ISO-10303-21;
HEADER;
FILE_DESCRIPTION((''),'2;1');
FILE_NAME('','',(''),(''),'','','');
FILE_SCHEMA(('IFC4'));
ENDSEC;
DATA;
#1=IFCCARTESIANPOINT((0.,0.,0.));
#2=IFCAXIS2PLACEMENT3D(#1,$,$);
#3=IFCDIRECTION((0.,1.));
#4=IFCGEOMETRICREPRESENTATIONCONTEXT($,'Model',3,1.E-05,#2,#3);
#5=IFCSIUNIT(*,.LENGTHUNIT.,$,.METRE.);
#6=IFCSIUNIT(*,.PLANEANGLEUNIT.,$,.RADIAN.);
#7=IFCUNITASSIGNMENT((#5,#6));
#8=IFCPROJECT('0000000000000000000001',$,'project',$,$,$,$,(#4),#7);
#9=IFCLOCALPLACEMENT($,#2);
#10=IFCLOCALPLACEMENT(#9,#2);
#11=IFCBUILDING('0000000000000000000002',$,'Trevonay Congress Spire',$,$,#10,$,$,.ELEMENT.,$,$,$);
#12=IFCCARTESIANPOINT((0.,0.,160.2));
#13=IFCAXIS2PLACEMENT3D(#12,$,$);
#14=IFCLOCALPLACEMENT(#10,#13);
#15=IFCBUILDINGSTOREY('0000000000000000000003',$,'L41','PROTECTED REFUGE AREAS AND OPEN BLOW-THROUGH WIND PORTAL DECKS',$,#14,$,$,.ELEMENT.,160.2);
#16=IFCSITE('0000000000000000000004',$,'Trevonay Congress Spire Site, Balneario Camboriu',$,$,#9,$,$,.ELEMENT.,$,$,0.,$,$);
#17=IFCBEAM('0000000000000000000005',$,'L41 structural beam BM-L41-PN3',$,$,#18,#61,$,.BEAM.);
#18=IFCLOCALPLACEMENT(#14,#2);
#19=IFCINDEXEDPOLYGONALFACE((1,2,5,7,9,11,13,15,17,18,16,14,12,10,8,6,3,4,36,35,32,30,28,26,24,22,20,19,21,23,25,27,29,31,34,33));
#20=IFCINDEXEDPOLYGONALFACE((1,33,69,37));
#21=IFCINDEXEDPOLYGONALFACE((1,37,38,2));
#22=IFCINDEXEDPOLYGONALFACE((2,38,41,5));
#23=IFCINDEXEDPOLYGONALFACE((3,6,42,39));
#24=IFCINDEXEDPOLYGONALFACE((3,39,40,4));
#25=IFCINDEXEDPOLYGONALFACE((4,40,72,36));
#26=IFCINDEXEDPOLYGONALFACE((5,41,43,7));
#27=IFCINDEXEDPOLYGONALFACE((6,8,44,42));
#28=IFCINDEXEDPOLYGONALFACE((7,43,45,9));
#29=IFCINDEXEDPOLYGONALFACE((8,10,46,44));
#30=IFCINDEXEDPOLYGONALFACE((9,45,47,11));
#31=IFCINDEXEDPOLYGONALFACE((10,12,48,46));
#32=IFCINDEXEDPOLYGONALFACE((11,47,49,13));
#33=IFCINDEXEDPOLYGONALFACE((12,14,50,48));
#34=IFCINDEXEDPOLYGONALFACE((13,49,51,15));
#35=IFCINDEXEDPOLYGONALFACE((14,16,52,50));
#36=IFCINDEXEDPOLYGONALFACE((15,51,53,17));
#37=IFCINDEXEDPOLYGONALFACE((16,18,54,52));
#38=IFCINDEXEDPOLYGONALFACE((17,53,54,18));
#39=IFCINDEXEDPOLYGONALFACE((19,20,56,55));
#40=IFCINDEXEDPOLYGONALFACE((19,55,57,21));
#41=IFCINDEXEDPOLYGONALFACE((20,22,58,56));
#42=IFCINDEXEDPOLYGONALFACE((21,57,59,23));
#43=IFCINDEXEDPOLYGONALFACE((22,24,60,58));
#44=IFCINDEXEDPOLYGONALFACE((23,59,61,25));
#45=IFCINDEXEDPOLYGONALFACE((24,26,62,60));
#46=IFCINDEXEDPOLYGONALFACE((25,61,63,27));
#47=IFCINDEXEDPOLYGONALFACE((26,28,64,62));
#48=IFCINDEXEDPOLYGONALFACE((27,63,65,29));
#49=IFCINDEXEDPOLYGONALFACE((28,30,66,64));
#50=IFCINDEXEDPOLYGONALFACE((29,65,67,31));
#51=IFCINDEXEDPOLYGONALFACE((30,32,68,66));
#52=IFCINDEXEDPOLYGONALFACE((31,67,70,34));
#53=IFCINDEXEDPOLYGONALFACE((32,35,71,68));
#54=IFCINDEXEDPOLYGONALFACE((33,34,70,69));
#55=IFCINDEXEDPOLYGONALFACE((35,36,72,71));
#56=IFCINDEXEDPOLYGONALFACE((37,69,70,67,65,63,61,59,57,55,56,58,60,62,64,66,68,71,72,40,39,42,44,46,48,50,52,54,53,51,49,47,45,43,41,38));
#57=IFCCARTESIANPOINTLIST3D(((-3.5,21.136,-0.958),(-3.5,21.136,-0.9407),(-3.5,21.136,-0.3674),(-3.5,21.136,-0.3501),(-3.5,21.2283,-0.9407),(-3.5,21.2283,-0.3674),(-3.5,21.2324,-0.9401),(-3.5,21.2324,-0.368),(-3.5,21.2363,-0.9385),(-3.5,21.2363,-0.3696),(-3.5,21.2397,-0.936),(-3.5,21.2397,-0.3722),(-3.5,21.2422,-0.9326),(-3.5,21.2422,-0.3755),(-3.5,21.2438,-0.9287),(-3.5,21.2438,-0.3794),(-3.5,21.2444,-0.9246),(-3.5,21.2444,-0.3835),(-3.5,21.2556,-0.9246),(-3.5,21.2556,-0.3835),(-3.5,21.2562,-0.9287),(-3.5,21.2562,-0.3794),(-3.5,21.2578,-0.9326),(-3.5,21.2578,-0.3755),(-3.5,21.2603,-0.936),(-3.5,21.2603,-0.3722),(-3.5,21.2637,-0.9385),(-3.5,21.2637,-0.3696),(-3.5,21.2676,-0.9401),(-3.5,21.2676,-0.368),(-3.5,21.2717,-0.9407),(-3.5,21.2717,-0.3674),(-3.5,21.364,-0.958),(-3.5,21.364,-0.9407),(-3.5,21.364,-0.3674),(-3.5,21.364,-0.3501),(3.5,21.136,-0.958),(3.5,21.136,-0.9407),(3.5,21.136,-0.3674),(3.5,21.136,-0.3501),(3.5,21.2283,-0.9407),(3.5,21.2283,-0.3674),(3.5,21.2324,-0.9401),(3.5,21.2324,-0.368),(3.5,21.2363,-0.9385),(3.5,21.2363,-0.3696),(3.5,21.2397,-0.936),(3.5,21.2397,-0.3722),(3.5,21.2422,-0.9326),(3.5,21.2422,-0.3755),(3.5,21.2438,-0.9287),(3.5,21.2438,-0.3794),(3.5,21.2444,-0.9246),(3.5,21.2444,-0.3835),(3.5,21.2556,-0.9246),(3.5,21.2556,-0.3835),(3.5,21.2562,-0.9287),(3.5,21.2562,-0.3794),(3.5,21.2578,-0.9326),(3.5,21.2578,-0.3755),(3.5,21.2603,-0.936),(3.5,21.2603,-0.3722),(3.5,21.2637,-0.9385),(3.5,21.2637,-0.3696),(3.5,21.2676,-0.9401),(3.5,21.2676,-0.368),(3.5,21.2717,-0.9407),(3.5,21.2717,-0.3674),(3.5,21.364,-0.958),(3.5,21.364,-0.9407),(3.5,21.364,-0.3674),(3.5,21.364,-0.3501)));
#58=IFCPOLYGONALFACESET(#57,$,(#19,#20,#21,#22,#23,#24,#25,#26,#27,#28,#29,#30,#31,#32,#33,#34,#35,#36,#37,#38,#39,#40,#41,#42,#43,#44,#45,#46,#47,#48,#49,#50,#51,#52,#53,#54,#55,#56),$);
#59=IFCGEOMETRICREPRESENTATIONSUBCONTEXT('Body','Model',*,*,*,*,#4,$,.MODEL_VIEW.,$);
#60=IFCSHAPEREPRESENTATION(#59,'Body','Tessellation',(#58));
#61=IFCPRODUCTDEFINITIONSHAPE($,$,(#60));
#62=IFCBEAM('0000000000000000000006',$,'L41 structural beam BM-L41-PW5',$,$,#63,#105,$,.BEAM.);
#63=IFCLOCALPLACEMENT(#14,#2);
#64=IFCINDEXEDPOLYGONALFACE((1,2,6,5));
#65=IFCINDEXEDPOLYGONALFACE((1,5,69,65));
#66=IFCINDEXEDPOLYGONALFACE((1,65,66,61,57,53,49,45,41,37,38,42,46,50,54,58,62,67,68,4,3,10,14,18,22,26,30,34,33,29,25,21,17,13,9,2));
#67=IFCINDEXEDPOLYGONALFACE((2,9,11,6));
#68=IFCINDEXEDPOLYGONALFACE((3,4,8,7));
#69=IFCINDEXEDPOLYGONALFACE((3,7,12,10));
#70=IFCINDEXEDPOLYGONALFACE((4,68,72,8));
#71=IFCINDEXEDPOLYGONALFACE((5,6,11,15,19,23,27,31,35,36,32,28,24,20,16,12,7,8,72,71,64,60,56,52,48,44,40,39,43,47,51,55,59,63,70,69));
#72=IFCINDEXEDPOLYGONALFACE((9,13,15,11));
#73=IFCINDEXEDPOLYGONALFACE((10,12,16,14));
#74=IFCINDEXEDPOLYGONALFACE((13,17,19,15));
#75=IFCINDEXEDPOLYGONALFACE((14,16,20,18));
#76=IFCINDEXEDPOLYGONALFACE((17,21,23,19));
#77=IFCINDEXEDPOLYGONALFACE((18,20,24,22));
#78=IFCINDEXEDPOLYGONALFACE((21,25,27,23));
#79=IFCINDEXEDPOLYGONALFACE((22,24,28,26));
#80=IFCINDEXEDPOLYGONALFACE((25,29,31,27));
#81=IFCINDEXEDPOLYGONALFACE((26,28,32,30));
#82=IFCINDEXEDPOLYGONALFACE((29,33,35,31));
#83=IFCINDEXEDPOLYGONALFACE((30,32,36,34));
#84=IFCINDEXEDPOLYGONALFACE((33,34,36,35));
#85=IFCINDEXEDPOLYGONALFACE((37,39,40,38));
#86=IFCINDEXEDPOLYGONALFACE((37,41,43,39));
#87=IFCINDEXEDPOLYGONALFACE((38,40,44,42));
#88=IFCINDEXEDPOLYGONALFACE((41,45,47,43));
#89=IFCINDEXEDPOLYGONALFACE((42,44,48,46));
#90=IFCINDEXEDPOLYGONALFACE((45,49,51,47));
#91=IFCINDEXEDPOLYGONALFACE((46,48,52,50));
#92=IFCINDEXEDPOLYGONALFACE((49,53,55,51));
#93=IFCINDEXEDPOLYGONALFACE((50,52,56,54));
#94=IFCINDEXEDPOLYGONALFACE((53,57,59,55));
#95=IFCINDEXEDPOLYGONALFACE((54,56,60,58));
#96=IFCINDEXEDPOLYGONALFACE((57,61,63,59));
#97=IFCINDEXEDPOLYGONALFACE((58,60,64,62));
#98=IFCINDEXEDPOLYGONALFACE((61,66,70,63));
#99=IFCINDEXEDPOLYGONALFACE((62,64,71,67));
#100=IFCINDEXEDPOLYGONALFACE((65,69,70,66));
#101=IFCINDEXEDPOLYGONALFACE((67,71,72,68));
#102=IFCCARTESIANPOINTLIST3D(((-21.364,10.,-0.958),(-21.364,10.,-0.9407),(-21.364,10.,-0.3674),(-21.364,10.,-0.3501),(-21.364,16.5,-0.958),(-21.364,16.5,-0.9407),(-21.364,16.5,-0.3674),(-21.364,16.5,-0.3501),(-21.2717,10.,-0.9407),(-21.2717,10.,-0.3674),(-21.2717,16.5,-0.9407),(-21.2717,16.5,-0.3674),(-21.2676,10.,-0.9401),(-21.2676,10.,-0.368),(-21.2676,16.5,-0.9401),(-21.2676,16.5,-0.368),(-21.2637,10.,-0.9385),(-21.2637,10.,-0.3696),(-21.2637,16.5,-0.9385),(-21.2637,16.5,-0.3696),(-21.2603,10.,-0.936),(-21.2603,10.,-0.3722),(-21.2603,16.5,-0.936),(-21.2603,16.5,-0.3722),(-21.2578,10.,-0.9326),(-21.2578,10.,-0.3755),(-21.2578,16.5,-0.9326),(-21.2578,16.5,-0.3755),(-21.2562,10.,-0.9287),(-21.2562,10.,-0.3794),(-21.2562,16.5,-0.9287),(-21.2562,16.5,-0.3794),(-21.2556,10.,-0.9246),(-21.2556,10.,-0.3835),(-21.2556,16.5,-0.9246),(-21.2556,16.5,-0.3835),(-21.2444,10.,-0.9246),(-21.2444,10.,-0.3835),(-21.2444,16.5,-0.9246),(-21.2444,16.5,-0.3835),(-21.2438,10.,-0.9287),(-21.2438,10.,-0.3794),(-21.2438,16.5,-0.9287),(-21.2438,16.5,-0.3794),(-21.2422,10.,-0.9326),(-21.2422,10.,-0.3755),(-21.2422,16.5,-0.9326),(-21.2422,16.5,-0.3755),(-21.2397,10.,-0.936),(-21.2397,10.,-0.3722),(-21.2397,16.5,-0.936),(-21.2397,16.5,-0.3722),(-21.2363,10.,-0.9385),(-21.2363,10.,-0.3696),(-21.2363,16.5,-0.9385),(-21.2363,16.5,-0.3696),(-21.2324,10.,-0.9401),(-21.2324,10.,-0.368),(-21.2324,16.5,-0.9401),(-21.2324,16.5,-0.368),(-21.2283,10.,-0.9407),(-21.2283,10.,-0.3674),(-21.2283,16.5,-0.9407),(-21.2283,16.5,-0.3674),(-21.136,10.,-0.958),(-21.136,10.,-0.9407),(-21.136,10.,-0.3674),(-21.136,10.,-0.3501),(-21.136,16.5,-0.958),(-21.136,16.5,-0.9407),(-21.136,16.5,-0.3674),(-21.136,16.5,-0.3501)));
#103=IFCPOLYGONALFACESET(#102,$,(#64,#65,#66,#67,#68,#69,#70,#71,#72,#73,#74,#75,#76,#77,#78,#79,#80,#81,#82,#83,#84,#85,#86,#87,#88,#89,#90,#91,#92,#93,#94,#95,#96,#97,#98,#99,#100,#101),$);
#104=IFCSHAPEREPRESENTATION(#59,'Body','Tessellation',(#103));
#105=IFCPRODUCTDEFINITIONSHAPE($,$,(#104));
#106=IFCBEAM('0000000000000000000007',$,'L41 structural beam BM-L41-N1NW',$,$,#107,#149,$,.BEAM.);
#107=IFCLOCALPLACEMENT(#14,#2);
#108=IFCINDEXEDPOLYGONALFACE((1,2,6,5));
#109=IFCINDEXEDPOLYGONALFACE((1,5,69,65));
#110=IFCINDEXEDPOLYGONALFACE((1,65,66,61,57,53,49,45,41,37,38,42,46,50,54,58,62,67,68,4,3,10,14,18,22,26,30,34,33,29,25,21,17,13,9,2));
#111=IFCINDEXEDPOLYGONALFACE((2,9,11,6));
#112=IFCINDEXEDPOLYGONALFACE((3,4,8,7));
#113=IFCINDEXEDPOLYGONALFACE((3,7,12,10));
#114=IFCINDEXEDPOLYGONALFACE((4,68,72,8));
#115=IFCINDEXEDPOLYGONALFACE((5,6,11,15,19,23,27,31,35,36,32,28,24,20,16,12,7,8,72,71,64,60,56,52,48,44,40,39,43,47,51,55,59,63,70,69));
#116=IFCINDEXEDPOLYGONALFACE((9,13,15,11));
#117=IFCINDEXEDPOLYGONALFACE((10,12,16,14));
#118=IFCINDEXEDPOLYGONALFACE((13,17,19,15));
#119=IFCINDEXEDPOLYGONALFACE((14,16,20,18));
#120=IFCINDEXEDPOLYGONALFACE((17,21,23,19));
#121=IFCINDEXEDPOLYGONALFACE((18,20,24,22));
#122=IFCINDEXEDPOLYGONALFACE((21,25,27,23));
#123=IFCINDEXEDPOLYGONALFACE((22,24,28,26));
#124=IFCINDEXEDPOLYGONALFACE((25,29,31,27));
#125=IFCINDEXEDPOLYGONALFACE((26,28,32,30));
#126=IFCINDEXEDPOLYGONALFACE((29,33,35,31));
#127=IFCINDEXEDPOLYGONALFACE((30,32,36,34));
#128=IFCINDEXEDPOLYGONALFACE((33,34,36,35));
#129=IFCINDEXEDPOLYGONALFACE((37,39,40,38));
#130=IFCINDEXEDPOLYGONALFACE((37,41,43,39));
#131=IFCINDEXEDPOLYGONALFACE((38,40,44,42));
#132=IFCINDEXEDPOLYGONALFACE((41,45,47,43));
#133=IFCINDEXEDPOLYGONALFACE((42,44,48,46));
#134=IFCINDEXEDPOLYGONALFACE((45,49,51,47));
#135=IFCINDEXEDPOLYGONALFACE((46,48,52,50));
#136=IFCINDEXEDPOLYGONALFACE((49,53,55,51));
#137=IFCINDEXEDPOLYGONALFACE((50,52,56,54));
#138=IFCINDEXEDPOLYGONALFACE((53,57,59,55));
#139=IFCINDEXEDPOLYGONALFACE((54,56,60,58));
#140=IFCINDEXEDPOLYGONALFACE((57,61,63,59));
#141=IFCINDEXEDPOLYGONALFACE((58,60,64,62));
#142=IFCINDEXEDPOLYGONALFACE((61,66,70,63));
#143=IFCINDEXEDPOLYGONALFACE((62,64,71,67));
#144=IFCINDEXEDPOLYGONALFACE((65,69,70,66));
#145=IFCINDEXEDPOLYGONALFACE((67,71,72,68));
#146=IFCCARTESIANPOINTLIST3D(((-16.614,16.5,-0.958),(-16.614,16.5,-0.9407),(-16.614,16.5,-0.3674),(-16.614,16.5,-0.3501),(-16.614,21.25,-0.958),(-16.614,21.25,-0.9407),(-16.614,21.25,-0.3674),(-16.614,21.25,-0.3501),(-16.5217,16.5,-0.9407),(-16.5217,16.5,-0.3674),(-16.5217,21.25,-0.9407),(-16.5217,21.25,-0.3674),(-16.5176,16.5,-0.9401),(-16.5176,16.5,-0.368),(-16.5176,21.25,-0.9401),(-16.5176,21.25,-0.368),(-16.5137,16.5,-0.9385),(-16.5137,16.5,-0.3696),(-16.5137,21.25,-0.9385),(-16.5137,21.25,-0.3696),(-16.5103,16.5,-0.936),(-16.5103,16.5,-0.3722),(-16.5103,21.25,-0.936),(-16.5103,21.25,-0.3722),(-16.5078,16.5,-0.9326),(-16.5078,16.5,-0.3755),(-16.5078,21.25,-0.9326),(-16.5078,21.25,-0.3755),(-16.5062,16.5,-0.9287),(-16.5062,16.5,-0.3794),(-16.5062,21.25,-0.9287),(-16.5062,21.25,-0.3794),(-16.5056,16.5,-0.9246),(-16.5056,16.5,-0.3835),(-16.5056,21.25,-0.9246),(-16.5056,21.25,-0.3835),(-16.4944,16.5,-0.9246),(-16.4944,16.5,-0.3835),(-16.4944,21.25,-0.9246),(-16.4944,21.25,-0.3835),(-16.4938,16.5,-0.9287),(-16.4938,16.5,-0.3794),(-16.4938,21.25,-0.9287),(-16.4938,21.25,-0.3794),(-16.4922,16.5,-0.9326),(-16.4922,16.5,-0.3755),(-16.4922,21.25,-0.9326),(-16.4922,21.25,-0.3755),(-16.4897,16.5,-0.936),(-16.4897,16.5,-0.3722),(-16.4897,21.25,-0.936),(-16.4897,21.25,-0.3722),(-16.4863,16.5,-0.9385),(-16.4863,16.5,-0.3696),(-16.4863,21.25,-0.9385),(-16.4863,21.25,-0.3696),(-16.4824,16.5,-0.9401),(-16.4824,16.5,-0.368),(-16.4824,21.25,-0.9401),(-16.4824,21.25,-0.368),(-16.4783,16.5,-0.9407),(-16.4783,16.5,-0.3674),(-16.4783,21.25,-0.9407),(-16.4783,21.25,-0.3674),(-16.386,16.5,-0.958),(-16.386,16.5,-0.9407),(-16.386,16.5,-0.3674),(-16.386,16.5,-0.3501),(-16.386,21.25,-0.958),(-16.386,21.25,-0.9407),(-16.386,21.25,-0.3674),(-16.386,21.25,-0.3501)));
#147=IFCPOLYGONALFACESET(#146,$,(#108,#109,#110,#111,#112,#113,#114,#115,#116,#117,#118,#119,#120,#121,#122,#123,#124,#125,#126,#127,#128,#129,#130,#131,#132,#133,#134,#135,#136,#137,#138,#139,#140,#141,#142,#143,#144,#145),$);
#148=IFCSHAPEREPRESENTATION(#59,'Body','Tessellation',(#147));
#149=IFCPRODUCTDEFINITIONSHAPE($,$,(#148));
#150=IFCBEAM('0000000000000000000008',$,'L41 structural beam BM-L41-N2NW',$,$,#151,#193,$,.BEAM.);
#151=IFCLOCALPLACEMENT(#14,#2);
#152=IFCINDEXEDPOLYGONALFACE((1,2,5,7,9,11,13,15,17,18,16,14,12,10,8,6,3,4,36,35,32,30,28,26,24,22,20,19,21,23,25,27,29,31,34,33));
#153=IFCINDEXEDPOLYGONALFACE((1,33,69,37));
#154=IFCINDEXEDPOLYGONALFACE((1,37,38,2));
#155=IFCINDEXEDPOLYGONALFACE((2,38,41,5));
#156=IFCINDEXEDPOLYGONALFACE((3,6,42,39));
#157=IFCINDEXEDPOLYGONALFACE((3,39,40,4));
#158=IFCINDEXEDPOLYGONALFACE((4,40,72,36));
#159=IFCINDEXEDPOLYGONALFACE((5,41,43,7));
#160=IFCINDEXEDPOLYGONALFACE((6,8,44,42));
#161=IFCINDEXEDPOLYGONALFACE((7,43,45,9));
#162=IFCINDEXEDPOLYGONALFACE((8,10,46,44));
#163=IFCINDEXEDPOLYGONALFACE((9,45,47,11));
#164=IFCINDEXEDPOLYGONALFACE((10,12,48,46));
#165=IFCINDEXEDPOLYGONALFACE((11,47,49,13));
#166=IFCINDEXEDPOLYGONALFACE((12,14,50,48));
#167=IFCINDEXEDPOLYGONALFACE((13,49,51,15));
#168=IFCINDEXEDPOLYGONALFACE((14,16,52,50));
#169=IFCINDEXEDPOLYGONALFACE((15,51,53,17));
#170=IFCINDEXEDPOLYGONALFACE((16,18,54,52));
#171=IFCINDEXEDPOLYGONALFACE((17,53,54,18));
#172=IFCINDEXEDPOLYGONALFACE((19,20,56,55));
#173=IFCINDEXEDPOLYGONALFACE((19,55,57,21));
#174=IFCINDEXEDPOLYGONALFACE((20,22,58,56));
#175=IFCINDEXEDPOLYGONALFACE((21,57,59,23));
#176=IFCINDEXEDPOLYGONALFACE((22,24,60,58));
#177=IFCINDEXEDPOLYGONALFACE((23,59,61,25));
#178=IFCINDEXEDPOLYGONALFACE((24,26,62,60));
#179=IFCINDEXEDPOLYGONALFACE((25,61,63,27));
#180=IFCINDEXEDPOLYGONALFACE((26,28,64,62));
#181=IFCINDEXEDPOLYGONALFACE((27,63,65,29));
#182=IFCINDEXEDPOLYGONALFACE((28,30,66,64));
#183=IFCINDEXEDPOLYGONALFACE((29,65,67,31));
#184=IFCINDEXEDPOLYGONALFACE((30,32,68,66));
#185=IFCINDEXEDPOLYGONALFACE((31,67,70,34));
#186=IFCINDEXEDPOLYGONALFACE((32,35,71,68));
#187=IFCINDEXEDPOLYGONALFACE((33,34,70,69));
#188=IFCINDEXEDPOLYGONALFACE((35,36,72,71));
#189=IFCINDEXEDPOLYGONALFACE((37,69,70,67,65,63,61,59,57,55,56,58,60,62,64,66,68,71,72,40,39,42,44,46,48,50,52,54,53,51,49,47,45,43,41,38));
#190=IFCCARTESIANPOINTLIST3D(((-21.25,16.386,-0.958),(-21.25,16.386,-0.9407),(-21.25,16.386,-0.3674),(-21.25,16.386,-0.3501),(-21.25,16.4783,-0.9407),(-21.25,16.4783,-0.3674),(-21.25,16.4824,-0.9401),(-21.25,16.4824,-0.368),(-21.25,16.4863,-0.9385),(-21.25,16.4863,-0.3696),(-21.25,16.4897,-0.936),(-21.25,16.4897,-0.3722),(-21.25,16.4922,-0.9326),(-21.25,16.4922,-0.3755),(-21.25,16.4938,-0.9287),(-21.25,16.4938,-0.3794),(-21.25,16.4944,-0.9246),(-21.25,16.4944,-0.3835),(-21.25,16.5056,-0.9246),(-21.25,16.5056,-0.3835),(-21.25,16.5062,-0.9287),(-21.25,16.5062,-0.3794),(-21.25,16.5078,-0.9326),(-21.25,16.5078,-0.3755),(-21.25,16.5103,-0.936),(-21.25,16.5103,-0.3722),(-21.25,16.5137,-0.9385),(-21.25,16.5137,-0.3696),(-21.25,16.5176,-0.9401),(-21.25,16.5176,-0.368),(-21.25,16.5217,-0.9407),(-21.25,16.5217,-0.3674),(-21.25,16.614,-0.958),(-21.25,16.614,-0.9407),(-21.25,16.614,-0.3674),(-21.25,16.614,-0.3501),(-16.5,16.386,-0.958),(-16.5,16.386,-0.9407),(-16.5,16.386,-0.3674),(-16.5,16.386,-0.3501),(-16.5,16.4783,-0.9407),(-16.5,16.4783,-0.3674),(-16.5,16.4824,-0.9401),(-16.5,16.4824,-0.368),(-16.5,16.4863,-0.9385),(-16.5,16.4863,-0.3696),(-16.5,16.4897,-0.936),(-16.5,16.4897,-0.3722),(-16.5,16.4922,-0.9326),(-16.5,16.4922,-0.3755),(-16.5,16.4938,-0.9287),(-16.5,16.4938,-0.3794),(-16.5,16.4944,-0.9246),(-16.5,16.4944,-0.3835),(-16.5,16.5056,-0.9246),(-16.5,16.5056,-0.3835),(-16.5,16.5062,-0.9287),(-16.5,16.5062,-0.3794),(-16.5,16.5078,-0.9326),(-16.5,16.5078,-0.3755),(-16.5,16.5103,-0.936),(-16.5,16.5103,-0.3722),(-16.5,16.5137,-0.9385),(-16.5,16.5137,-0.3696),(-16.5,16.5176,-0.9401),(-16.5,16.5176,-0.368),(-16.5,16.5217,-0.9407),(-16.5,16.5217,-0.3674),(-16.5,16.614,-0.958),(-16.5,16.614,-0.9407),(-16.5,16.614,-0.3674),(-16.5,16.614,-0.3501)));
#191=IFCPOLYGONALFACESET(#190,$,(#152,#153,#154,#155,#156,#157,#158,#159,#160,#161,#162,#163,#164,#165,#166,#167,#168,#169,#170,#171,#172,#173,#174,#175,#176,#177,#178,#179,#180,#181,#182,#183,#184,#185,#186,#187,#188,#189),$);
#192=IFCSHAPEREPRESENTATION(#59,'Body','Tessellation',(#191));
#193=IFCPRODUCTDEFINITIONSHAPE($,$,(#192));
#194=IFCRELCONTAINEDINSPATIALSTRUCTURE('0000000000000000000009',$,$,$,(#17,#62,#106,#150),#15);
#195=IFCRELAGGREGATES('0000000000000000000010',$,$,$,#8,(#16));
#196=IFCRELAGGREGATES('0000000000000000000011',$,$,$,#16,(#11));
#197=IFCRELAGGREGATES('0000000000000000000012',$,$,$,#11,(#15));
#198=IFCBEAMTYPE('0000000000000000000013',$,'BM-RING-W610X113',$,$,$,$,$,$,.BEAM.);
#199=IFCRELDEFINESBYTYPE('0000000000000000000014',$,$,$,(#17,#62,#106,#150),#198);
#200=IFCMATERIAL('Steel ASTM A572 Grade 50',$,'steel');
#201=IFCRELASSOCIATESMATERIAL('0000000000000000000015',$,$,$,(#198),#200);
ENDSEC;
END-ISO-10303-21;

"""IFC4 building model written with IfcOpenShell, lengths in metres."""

from ifc_helpers import new_model, si_unit, direction, frame, origin, origin_2d, place, context, subcontext, project, spatial, i_section, extrude, material, material_profile, profile_set, type_object, element, save


model = new_model("IFC4")

# Units and contexts
model_context = context("Model", 3, precision=1e-05, world=origin(), true_north=direction((0.0, 1.0)))
body_context = subcontext(model_context, "Body", "Model", "MODEL_VIEW")
ifc_project = project(units=[si_unit("LENGTHUNIT", "METRE"), si_unit("PLANEANGLEUNIT", "RADIAN")], contexts=[model_context])

# Site, building, storey
site_placement = place(None, origin())
site = spatial("IfcSite", under=ifc_project, at=site_placement, Name="Trevonay Congress Spire Site, Balneario Camboriu", CompositionType="ELEMENT", RefElevation=0.0)
building_placement = place(site_placement, origin())
building = spatial("IfcBuilding", under=site, at=building_placement, Name="Trevonay Congress Spire", CompositionType="ELEMENT")
storey_placement = place(building_placement, frame((0.0, 0.0, 160.2)))
storey = spatial("IfcBuildingStorey", under=building, at=storey_placement, Name="L41", Description="PROTECTED REFUGE AREAS AND OPEN BLOW-THROUGH WIND PORTAL DECKS", CompositionType="ELEMENT", Elevation=160.2)

# Shared definitions
ifc_material_1 = material(Name="Steel ASTM A572 Grade 50", Category="steel")

# Beams
ifc_material_profile_1 = material_profile(ifc_material_1, i_section(OverallWidth=0.228, OverallDepth=0.6079, WebThickness=0.0112, FlangeThickness=0.0173, FilletRadius=0.0161, at=origin_2d()), Name="W610x113")
ifc_profile_set_1 = profile_set([ifc_material_profile_1], Name="Steel ASTM A572 Grade 50")
beam_type_1 = type_object("IfcBeamType", Name="BM-RING-W610X113", PredefinedType="BEAM", material=ifc_profile_set_1)
beam_1_placement = place(storey_placement, frame((-3.5, 21.25, -0.6541), z_axis=(1.0, 0.0, 0.0), x_axis=(0.0, 1.0, 0.0)))
element("IfcBeam", 1, at=beam_1_placement, inside=storey, type_object=beam_type_1, Name="L41 structural beam BM-L41-PN3", PredefinedType="BEAM", context=body_context, shape_type="SweptSolid", body=[
    extrude(i_section(OverallWidth=0.228, OverallDepth=0.6079, WebThickness=0.0112, FlangeThickness=0.0173, FilletRadius=0.0161, at=origin_2d()), origin(), (0.0, 0.0, 1.0), 7.0),
])
beam_2_placement = place(storey_placement, frame((-21.25, 10.0, -0.6541), z_axis=(0.0, 1.0, 0.0), x_axis=(-1.0, 0.0, 0.0)))
element("IfcBeam", 2, at=beam_2_placement, inside=storey, type_object=beam_type_1, Name="L41 structural beam BM-L41-PW5", PredefinedType="BEAM", context=body_context, shape_type="SweptSolid", body=[
    extrude(i_section(OverallWidth=0.228, OverallDepth=0.6079, WebThickness=0.0112, FlangeThickness=0.0173, FilletRadius=0.0161, at=origin_2d()), origin(), (0.0, 0.0, 1.0), 6.5),
])
for number, where, z_axis, x_axis, name in (
    (3, (-16.5, 21.25, -0.6541), (0.0, -1.0, 0.0), (1.0, 0.0, 0.0), "L41 structural beam BM-L41-N1NW"),
    (4, (-21.25, 16.5, -0.6541), (1.0, 0.0, 0.0), (0.0, 1.0, 0.0), "L41 structural beam BM-L41-N2NW"),
):
    element("IfcBeam", number, at=place(storey_placement, frame(where, z_axis=z_axis, x_axis=x_axis)), inside=storey, type_object=beam_type_1, Name=name, PredefinedType="BEAM", context=body_context, shape_type="SweptSolid", body=[
        extrude(i_section(OverallWidth=0.228, OverallDepth=0.6079, WebThickness=0.0112, FlangeThickness=0.0173, FilletRadius=0.0161, at=origin_2d()), origin(), (0.0, 0.0, 1.0), 4.75),
    ])

save(model, "model.ifc")
